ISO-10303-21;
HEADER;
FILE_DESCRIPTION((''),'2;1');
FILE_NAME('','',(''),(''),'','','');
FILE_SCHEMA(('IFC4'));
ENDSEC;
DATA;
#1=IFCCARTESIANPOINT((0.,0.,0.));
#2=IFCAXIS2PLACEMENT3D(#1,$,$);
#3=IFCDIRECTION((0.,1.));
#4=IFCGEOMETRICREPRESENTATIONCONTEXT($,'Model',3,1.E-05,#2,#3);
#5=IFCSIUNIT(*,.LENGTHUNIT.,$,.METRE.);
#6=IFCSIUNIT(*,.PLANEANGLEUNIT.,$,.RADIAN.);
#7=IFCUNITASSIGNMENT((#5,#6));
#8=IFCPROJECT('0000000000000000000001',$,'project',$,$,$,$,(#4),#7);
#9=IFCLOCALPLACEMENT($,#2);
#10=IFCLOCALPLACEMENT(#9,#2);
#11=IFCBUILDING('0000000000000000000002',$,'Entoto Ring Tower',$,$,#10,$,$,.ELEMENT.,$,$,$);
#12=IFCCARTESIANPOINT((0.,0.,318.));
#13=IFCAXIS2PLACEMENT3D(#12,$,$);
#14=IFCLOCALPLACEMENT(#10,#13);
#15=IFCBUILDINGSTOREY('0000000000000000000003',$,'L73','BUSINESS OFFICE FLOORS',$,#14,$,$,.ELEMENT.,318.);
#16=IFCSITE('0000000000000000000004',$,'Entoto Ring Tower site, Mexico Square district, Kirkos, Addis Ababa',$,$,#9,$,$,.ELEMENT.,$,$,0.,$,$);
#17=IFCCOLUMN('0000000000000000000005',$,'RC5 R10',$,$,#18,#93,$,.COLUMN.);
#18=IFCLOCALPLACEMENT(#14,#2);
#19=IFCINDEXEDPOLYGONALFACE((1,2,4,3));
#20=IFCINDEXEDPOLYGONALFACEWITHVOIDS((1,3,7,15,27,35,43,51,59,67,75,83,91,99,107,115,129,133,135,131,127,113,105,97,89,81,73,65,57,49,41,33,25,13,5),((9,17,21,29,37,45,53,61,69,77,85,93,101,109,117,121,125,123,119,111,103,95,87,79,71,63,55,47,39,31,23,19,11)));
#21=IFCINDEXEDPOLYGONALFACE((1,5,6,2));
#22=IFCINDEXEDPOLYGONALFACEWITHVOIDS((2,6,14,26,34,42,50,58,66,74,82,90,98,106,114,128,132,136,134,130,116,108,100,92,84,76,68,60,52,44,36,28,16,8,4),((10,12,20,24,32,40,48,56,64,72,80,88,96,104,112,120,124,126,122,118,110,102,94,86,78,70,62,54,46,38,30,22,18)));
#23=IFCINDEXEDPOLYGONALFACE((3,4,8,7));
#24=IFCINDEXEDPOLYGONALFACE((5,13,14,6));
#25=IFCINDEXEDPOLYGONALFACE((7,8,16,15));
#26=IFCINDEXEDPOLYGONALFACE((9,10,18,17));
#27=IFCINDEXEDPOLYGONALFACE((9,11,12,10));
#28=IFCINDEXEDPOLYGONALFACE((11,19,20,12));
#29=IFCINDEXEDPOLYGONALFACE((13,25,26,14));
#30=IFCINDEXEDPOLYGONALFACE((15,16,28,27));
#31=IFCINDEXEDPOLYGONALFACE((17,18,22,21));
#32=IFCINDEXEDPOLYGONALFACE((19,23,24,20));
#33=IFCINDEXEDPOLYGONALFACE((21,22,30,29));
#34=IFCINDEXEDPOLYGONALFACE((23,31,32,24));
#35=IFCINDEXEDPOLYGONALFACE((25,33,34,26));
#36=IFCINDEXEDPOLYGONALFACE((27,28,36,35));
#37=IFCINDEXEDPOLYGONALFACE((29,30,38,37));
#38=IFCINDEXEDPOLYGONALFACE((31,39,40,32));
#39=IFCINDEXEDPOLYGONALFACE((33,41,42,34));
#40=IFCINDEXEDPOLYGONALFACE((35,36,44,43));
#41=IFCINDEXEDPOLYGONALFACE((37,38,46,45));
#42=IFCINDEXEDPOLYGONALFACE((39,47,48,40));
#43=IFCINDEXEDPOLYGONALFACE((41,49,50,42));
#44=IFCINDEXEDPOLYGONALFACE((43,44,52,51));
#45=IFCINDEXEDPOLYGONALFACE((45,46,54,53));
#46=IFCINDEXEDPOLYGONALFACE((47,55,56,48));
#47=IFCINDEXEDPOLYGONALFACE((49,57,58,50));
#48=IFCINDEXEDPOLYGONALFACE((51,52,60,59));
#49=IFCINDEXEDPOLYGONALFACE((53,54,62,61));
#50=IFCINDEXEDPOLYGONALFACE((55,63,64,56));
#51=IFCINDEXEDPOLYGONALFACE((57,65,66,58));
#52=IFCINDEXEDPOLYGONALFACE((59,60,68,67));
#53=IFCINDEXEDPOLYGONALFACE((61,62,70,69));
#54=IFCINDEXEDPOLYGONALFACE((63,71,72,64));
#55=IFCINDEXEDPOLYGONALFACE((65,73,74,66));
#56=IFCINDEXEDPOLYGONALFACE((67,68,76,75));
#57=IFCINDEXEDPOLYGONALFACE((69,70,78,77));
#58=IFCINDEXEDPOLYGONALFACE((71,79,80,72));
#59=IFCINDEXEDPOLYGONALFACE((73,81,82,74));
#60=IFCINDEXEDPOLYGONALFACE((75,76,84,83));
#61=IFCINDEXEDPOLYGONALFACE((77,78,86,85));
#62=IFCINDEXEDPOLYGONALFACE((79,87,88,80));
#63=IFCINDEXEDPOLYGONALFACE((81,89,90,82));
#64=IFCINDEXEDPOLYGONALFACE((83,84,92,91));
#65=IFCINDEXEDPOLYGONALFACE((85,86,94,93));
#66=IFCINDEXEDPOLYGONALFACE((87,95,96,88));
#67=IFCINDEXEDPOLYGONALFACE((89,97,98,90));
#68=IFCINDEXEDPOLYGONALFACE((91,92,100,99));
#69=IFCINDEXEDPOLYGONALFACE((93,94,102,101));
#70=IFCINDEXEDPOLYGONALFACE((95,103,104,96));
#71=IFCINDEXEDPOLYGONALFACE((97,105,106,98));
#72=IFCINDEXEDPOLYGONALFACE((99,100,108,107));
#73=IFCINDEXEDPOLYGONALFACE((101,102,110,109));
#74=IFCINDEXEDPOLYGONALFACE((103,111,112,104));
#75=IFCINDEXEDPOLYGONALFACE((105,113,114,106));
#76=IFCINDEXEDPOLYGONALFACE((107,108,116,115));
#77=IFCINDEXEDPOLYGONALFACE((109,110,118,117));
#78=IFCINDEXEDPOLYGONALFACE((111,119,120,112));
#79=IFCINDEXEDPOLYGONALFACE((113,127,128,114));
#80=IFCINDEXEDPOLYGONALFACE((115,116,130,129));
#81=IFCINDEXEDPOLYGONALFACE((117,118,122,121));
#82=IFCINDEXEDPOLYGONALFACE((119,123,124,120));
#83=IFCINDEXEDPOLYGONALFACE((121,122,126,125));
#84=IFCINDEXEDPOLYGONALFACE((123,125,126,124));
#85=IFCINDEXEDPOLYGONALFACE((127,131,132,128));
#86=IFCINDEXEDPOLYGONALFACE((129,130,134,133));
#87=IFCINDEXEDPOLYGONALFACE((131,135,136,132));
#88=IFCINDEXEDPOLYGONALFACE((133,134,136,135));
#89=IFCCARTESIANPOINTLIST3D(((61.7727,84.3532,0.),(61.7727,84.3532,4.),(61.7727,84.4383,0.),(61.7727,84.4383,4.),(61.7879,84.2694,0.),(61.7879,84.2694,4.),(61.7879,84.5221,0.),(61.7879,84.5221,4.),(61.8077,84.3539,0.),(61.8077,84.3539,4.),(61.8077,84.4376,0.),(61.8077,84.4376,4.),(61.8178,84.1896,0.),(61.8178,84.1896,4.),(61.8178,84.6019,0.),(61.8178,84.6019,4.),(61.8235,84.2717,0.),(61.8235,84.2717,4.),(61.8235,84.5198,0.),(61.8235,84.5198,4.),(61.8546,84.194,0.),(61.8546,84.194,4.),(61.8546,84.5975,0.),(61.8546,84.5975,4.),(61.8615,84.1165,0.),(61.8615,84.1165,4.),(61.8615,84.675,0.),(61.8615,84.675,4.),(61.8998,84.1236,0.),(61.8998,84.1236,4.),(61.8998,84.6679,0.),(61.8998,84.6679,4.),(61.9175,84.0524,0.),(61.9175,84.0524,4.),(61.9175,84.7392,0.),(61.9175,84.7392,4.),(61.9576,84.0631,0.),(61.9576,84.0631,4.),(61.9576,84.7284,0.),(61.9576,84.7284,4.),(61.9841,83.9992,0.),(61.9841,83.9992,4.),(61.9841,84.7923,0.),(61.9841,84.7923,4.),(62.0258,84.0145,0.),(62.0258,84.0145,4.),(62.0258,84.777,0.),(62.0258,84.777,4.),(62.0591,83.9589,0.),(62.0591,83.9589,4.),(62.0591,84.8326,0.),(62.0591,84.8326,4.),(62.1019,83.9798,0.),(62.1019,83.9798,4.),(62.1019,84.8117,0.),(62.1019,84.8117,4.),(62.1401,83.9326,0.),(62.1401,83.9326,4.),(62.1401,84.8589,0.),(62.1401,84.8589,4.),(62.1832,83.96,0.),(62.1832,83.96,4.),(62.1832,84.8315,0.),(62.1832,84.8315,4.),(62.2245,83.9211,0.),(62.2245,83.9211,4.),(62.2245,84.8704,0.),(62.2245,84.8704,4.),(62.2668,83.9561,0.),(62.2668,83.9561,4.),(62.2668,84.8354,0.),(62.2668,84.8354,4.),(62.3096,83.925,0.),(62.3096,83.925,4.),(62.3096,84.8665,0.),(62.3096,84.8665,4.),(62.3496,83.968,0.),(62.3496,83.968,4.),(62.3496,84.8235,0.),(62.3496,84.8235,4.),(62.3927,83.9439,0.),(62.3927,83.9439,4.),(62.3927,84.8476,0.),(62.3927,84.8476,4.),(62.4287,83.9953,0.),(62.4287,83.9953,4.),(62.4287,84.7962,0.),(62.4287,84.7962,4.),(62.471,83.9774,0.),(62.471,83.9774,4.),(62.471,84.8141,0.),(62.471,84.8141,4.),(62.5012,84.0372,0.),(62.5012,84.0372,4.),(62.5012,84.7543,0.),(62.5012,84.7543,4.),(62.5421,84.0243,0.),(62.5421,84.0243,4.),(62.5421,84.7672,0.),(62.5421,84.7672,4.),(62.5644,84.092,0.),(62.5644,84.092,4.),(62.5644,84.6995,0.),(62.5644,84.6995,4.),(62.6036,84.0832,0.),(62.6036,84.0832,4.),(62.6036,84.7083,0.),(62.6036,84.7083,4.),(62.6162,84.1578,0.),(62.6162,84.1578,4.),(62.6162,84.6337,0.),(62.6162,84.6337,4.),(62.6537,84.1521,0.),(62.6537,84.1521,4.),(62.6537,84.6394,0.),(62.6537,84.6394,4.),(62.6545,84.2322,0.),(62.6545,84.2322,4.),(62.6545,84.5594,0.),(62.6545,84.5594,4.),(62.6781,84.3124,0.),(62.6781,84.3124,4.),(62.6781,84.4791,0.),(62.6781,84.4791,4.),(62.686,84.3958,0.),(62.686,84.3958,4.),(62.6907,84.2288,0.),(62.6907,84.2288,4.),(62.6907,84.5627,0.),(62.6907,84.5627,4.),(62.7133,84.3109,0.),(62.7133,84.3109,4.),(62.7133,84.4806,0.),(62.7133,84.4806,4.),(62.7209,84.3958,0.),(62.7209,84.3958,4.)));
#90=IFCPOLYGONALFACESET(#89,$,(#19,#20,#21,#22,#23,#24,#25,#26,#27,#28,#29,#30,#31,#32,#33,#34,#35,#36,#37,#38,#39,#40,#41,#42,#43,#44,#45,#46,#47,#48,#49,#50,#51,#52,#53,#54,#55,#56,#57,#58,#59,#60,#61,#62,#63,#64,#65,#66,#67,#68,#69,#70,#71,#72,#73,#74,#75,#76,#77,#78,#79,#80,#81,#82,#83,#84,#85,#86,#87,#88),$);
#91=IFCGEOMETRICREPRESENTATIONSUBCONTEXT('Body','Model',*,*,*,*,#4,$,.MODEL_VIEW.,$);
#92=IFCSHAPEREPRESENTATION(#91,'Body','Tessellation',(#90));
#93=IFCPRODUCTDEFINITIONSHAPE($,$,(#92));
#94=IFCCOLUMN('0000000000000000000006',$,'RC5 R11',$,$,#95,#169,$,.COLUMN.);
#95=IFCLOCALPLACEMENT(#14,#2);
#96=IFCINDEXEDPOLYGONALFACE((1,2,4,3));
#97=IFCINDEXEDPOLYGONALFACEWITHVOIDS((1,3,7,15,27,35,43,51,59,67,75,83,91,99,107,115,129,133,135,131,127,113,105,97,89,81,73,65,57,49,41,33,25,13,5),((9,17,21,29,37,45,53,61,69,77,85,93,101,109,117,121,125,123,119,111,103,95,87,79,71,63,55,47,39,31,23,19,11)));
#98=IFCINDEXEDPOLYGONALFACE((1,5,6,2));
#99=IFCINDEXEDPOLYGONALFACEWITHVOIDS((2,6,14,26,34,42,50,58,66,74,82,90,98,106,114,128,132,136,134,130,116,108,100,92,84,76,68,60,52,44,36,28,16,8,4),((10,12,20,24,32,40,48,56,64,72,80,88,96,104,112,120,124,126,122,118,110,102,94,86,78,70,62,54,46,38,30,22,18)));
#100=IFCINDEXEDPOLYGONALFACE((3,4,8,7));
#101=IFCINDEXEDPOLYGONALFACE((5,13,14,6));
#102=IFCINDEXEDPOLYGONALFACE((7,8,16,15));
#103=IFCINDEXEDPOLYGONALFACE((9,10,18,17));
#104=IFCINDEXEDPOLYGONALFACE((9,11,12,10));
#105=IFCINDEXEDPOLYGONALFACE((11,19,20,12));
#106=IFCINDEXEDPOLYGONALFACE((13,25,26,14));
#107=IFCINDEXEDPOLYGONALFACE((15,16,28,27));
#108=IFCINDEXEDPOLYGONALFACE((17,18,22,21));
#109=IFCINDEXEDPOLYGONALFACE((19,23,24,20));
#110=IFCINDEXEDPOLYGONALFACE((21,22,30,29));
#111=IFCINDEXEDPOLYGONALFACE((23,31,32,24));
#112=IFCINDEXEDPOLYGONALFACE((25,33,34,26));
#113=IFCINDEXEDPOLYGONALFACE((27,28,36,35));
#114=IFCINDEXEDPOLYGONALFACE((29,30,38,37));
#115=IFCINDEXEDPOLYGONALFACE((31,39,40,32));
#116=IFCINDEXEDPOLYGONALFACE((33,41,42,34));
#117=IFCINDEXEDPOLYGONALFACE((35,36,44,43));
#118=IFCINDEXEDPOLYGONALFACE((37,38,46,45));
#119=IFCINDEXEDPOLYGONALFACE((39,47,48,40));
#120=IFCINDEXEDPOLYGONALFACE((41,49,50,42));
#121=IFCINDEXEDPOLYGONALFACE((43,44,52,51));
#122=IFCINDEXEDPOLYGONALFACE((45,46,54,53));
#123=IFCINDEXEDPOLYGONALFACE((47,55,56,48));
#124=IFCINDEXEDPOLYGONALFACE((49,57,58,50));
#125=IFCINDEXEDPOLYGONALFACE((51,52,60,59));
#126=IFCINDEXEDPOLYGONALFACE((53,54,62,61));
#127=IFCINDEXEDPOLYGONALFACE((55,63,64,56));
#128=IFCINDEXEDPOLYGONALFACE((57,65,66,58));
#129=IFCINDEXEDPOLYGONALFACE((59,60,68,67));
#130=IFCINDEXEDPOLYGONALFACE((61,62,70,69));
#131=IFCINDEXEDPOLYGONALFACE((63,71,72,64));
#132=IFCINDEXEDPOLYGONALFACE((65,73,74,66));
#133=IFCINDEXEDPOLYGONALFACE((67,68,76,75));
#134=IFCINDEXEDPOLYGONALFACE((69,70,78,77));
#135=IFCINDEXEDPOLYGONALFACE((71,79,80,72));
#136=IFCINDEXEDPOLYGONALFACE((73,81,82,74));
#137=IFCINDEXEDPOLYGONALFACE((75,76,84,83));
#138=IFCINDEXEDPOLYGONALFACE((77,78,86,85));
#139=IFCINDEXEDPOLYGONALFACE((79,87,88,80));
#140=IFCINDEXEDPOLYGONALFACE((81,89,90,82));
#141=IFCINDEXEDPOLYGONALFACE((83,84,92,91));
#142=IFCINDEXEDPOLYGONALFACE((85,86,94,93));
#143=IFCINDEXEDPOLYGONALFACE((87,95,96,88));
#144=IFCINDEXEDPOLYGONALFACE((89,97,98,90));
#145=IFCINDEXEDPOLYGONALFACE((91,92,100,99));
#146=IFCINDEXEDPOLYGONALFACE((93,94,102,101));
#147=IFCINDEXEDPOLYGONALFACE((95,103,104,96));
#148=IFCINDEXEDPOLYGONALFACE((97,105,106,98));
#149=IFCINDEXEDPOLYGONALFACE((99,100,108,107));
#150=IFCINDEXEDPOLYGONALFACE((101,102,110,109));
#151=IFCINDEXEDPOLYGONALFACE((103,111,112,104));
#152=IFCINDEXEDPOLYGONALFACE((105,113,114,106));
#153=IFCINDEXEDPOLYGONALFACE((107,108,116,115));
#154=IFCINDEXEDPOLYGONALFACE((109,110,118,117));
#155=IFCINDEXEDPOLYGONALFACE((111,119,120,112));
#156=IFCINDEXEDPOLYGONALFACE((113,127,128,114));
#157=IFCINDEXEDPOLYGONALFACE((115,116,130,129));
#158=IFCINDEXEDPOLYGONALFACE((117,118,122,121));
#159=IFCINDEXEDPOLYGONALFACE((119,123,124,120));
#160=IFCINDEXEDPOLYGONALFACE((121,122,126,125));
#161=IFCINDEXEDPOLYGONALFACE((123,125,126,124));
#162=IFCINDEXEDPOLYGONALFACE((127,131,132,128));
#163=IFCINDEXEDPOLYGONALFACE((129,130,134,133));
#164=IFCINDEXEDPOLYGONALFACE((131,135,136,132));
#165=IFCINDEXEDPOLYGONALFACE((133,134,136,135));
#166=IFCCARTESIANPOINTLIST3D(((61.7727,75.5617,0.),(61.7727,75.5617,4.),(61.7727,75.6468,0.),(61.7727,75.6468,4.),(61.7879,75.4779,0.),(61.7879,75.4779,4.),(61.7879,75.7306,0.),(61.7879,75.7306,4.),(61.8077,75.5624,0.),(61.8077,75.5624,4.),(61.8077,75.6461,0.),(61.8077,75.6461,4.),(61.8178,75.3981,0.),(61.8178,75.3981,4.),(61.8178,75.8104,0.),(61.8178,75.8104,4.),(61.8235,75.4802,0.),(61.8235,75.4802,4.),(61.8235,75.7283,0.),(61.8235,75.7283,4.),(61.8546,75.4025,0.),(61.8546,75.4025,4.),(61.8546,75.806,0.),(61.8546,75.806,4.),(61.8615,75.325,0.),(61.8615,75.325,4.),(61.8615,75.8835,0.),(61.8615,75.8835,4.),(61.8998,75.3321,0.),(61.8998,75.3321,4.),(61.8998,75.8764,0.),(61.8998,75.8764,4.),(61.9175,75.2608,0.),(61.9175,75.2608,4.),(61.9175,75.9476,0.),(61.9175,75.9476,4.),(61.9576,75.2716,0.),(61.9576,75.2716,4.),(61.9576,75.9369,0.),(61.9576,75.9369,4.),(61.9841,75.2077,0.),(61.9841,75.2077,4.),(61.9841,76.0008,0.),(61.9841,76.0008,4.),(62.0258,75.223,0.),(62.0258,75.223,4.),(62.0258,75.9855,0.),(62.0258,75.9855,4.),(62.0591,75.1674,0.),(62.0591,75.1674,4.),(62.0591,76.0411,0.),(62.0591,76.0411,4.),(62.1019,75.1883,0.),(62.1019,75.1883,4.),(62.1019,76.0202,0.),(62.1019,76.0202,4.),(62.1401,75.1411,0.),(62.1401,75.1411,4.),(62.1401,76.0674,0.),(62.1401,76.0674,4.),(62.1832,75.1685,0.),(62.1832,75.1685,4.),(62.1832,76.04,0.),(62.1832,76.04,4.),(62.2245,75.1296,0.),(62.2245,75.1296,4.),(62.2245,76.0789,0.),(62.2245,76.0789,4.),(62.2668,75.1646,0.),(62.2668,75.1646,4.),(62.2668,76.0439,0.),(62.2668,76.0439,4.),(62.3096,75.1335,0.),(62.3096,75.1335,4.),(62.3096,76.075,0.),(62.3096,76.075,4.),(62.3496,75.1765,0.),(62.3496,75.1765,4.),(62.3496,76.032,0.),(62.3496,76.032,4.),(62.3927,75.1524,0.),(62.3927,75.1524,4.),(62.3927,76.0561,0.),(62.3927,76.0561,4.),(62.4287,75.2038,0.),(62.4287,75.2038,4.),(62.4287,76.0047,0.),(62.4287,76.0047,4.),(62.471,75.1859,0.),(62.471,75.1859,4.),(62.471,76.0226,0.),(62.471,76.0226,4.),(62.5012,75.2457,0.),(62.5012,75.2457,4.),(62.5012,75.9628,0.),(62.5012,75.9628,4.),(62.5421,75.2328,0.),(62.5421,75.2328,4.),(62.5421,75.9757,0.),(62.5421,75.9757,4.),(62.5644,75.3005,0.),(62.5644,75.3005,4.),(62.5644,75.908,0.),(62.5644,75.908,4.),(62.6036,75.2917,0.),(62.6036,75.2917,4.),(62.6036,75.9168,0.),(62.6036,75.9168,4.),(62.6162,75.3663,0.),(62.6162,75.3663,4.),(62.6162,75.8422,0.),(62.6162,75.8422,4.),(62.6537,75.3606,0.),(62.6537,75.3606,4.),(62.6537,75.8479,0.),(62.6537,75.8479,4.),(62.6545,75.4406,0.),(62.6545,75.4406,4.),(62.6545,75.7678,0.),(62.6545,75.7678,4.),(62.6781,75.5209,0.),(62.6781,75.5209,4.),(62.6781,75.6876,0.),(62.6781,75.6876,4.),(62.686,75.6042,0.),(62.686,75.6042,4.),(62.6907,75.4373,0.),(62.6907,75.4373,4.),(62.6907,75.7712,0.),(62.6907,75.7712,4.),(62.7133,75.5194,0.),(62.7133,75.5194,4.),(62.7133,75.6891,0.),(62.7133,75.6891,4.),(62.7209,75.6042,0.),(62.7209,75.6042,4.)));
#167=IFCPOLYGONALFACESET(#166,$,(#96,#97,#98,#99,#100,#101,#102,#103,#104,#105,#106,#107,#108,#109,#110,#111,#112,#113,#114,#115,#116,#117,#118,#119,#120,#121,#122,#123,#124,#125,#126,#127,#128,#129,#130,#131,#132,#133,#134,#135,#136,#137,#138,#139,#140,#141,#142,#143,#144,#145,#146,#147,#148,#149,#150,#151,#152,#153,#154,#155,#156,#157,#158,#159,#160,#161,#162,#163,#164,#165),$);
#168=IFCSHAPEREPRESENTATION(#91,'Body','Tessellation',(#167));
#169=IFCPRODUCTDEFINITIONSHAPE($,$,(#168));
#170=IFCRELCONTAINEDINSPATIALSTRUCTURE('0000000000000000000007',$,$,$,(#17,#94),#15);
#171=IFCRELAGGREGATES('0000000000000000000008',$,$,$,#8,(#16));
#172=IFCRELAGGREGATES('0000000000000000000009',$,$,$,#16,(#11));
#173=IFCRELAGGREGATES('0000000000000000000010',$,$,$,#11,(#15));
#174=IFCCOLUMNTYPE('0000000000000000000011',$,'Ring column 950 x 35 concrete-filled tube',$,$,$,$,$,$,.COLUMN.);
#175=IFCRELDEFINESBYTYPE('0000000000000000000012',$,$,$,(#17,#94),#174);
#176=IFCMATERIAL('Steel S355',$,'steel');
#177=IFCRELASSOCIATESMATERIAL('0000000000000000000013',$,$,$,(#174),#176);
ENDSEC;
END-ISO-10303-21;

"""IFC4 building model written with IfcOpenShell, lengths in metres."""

from ifc_helpers import new_model, si_unit, direction, frame, origin, origin_2d, place, context, subcontext, project, spatial, circle, hollow_circle, extrude, material, material_profile, profile_set, type_object, element, save


model = new_model("IFC4")

# Units and contexts
model_context = context("Model", 3, precision=1e-05, world=origin(), true_north=direction((0.0, 1.0)))
body_context = subcontext(model_context, "Body", "Model", "MODEL_VIEW")
ifc_project = project(units=[si_unit("LENGTHUNIT", "METRE"), si_unit("PLANEANGLEUNIT", "RADIAN")], contexts=[model_context])

# Site, building, storey
site_placement = place(None, origin())
site = spatial("IfcSite", under=ifc_project, at=site_placement, Name="Entoto Ring Tower site, Mexico Square district, Kirkos, Addis Ababa", CompositionType="ELEMENT", RefElevation=0.0)
building_placement = place(site_placement, origin())
building = spatial("IfcBuilding", under=site, at=building_placement, Name="Entoto Ring Tower", CompositionType="ELEMENT")
storey_placement = place(building_placement, frame((0.0, 0.0, 318.0)))
storey = spatial("IfcBuildingStorey", under=building, at=storey_placement, Name="L73", Description="BUSINESS OFFICE FLOORS", CompositionType="ELEMENT", Elevation=318.0)

# Columns
ifc_material_1 = material(Name="Steel S355", Category="steel")
ifc_material_profile_1 = material_profile(ifc_material_1, hollow_circle(Radius=0.4751, WallThickness=0.0349, at=origin_2d()), Name="CHS 950 x 35")
ifc_material_2 = material(Name="Concrete C60/75", Category="concrete")
ifc_material_profile_2 = material_profile(ifc_material_2, circle(Radius=0.4399, at=origin_2d()), Name="Concrete C60/75 infill")
ifc_profile_set_1 = profile_set([ifc_material_profile_1, ifc_material_profile_2], Name="Steel S355")
column_type = type_object("IfcColumnType", Name="Ring column 950 x 35 concrete-filled tube", PredefinedType="COLUMN", material=ifc_profile_set_1)
for number, where, z_axis, x_axis, name in (
    (1, (62.2458, 84.3958, 0.0), (0.0, 0.0, 1.0), (1.0, 0.0, 0.0), "RC5 R10"),
    (2, (62.2458, 75.6042, 0.0), (0.0, 0.0, 1.0), (1.0, 0.0, 0.0), "RC5 R11"),
):
    element("IfcColumn", number, at=place(storey_placement, frame(where, z_axis=z_axis, x_axis=x_axis)), inside=storey, type_object=column_type, Name=name, PredefinedType="COLUMN", context=body_context, shape_type="SweptSolid", body=[
        extrude(hollow_circle(Radius=0.4751, WallThickness=0.0349, at=origin_2d()), origin(), (0.0, 0.0, 1.0), 4.0),
    ])

save(model, "model.ifc")
